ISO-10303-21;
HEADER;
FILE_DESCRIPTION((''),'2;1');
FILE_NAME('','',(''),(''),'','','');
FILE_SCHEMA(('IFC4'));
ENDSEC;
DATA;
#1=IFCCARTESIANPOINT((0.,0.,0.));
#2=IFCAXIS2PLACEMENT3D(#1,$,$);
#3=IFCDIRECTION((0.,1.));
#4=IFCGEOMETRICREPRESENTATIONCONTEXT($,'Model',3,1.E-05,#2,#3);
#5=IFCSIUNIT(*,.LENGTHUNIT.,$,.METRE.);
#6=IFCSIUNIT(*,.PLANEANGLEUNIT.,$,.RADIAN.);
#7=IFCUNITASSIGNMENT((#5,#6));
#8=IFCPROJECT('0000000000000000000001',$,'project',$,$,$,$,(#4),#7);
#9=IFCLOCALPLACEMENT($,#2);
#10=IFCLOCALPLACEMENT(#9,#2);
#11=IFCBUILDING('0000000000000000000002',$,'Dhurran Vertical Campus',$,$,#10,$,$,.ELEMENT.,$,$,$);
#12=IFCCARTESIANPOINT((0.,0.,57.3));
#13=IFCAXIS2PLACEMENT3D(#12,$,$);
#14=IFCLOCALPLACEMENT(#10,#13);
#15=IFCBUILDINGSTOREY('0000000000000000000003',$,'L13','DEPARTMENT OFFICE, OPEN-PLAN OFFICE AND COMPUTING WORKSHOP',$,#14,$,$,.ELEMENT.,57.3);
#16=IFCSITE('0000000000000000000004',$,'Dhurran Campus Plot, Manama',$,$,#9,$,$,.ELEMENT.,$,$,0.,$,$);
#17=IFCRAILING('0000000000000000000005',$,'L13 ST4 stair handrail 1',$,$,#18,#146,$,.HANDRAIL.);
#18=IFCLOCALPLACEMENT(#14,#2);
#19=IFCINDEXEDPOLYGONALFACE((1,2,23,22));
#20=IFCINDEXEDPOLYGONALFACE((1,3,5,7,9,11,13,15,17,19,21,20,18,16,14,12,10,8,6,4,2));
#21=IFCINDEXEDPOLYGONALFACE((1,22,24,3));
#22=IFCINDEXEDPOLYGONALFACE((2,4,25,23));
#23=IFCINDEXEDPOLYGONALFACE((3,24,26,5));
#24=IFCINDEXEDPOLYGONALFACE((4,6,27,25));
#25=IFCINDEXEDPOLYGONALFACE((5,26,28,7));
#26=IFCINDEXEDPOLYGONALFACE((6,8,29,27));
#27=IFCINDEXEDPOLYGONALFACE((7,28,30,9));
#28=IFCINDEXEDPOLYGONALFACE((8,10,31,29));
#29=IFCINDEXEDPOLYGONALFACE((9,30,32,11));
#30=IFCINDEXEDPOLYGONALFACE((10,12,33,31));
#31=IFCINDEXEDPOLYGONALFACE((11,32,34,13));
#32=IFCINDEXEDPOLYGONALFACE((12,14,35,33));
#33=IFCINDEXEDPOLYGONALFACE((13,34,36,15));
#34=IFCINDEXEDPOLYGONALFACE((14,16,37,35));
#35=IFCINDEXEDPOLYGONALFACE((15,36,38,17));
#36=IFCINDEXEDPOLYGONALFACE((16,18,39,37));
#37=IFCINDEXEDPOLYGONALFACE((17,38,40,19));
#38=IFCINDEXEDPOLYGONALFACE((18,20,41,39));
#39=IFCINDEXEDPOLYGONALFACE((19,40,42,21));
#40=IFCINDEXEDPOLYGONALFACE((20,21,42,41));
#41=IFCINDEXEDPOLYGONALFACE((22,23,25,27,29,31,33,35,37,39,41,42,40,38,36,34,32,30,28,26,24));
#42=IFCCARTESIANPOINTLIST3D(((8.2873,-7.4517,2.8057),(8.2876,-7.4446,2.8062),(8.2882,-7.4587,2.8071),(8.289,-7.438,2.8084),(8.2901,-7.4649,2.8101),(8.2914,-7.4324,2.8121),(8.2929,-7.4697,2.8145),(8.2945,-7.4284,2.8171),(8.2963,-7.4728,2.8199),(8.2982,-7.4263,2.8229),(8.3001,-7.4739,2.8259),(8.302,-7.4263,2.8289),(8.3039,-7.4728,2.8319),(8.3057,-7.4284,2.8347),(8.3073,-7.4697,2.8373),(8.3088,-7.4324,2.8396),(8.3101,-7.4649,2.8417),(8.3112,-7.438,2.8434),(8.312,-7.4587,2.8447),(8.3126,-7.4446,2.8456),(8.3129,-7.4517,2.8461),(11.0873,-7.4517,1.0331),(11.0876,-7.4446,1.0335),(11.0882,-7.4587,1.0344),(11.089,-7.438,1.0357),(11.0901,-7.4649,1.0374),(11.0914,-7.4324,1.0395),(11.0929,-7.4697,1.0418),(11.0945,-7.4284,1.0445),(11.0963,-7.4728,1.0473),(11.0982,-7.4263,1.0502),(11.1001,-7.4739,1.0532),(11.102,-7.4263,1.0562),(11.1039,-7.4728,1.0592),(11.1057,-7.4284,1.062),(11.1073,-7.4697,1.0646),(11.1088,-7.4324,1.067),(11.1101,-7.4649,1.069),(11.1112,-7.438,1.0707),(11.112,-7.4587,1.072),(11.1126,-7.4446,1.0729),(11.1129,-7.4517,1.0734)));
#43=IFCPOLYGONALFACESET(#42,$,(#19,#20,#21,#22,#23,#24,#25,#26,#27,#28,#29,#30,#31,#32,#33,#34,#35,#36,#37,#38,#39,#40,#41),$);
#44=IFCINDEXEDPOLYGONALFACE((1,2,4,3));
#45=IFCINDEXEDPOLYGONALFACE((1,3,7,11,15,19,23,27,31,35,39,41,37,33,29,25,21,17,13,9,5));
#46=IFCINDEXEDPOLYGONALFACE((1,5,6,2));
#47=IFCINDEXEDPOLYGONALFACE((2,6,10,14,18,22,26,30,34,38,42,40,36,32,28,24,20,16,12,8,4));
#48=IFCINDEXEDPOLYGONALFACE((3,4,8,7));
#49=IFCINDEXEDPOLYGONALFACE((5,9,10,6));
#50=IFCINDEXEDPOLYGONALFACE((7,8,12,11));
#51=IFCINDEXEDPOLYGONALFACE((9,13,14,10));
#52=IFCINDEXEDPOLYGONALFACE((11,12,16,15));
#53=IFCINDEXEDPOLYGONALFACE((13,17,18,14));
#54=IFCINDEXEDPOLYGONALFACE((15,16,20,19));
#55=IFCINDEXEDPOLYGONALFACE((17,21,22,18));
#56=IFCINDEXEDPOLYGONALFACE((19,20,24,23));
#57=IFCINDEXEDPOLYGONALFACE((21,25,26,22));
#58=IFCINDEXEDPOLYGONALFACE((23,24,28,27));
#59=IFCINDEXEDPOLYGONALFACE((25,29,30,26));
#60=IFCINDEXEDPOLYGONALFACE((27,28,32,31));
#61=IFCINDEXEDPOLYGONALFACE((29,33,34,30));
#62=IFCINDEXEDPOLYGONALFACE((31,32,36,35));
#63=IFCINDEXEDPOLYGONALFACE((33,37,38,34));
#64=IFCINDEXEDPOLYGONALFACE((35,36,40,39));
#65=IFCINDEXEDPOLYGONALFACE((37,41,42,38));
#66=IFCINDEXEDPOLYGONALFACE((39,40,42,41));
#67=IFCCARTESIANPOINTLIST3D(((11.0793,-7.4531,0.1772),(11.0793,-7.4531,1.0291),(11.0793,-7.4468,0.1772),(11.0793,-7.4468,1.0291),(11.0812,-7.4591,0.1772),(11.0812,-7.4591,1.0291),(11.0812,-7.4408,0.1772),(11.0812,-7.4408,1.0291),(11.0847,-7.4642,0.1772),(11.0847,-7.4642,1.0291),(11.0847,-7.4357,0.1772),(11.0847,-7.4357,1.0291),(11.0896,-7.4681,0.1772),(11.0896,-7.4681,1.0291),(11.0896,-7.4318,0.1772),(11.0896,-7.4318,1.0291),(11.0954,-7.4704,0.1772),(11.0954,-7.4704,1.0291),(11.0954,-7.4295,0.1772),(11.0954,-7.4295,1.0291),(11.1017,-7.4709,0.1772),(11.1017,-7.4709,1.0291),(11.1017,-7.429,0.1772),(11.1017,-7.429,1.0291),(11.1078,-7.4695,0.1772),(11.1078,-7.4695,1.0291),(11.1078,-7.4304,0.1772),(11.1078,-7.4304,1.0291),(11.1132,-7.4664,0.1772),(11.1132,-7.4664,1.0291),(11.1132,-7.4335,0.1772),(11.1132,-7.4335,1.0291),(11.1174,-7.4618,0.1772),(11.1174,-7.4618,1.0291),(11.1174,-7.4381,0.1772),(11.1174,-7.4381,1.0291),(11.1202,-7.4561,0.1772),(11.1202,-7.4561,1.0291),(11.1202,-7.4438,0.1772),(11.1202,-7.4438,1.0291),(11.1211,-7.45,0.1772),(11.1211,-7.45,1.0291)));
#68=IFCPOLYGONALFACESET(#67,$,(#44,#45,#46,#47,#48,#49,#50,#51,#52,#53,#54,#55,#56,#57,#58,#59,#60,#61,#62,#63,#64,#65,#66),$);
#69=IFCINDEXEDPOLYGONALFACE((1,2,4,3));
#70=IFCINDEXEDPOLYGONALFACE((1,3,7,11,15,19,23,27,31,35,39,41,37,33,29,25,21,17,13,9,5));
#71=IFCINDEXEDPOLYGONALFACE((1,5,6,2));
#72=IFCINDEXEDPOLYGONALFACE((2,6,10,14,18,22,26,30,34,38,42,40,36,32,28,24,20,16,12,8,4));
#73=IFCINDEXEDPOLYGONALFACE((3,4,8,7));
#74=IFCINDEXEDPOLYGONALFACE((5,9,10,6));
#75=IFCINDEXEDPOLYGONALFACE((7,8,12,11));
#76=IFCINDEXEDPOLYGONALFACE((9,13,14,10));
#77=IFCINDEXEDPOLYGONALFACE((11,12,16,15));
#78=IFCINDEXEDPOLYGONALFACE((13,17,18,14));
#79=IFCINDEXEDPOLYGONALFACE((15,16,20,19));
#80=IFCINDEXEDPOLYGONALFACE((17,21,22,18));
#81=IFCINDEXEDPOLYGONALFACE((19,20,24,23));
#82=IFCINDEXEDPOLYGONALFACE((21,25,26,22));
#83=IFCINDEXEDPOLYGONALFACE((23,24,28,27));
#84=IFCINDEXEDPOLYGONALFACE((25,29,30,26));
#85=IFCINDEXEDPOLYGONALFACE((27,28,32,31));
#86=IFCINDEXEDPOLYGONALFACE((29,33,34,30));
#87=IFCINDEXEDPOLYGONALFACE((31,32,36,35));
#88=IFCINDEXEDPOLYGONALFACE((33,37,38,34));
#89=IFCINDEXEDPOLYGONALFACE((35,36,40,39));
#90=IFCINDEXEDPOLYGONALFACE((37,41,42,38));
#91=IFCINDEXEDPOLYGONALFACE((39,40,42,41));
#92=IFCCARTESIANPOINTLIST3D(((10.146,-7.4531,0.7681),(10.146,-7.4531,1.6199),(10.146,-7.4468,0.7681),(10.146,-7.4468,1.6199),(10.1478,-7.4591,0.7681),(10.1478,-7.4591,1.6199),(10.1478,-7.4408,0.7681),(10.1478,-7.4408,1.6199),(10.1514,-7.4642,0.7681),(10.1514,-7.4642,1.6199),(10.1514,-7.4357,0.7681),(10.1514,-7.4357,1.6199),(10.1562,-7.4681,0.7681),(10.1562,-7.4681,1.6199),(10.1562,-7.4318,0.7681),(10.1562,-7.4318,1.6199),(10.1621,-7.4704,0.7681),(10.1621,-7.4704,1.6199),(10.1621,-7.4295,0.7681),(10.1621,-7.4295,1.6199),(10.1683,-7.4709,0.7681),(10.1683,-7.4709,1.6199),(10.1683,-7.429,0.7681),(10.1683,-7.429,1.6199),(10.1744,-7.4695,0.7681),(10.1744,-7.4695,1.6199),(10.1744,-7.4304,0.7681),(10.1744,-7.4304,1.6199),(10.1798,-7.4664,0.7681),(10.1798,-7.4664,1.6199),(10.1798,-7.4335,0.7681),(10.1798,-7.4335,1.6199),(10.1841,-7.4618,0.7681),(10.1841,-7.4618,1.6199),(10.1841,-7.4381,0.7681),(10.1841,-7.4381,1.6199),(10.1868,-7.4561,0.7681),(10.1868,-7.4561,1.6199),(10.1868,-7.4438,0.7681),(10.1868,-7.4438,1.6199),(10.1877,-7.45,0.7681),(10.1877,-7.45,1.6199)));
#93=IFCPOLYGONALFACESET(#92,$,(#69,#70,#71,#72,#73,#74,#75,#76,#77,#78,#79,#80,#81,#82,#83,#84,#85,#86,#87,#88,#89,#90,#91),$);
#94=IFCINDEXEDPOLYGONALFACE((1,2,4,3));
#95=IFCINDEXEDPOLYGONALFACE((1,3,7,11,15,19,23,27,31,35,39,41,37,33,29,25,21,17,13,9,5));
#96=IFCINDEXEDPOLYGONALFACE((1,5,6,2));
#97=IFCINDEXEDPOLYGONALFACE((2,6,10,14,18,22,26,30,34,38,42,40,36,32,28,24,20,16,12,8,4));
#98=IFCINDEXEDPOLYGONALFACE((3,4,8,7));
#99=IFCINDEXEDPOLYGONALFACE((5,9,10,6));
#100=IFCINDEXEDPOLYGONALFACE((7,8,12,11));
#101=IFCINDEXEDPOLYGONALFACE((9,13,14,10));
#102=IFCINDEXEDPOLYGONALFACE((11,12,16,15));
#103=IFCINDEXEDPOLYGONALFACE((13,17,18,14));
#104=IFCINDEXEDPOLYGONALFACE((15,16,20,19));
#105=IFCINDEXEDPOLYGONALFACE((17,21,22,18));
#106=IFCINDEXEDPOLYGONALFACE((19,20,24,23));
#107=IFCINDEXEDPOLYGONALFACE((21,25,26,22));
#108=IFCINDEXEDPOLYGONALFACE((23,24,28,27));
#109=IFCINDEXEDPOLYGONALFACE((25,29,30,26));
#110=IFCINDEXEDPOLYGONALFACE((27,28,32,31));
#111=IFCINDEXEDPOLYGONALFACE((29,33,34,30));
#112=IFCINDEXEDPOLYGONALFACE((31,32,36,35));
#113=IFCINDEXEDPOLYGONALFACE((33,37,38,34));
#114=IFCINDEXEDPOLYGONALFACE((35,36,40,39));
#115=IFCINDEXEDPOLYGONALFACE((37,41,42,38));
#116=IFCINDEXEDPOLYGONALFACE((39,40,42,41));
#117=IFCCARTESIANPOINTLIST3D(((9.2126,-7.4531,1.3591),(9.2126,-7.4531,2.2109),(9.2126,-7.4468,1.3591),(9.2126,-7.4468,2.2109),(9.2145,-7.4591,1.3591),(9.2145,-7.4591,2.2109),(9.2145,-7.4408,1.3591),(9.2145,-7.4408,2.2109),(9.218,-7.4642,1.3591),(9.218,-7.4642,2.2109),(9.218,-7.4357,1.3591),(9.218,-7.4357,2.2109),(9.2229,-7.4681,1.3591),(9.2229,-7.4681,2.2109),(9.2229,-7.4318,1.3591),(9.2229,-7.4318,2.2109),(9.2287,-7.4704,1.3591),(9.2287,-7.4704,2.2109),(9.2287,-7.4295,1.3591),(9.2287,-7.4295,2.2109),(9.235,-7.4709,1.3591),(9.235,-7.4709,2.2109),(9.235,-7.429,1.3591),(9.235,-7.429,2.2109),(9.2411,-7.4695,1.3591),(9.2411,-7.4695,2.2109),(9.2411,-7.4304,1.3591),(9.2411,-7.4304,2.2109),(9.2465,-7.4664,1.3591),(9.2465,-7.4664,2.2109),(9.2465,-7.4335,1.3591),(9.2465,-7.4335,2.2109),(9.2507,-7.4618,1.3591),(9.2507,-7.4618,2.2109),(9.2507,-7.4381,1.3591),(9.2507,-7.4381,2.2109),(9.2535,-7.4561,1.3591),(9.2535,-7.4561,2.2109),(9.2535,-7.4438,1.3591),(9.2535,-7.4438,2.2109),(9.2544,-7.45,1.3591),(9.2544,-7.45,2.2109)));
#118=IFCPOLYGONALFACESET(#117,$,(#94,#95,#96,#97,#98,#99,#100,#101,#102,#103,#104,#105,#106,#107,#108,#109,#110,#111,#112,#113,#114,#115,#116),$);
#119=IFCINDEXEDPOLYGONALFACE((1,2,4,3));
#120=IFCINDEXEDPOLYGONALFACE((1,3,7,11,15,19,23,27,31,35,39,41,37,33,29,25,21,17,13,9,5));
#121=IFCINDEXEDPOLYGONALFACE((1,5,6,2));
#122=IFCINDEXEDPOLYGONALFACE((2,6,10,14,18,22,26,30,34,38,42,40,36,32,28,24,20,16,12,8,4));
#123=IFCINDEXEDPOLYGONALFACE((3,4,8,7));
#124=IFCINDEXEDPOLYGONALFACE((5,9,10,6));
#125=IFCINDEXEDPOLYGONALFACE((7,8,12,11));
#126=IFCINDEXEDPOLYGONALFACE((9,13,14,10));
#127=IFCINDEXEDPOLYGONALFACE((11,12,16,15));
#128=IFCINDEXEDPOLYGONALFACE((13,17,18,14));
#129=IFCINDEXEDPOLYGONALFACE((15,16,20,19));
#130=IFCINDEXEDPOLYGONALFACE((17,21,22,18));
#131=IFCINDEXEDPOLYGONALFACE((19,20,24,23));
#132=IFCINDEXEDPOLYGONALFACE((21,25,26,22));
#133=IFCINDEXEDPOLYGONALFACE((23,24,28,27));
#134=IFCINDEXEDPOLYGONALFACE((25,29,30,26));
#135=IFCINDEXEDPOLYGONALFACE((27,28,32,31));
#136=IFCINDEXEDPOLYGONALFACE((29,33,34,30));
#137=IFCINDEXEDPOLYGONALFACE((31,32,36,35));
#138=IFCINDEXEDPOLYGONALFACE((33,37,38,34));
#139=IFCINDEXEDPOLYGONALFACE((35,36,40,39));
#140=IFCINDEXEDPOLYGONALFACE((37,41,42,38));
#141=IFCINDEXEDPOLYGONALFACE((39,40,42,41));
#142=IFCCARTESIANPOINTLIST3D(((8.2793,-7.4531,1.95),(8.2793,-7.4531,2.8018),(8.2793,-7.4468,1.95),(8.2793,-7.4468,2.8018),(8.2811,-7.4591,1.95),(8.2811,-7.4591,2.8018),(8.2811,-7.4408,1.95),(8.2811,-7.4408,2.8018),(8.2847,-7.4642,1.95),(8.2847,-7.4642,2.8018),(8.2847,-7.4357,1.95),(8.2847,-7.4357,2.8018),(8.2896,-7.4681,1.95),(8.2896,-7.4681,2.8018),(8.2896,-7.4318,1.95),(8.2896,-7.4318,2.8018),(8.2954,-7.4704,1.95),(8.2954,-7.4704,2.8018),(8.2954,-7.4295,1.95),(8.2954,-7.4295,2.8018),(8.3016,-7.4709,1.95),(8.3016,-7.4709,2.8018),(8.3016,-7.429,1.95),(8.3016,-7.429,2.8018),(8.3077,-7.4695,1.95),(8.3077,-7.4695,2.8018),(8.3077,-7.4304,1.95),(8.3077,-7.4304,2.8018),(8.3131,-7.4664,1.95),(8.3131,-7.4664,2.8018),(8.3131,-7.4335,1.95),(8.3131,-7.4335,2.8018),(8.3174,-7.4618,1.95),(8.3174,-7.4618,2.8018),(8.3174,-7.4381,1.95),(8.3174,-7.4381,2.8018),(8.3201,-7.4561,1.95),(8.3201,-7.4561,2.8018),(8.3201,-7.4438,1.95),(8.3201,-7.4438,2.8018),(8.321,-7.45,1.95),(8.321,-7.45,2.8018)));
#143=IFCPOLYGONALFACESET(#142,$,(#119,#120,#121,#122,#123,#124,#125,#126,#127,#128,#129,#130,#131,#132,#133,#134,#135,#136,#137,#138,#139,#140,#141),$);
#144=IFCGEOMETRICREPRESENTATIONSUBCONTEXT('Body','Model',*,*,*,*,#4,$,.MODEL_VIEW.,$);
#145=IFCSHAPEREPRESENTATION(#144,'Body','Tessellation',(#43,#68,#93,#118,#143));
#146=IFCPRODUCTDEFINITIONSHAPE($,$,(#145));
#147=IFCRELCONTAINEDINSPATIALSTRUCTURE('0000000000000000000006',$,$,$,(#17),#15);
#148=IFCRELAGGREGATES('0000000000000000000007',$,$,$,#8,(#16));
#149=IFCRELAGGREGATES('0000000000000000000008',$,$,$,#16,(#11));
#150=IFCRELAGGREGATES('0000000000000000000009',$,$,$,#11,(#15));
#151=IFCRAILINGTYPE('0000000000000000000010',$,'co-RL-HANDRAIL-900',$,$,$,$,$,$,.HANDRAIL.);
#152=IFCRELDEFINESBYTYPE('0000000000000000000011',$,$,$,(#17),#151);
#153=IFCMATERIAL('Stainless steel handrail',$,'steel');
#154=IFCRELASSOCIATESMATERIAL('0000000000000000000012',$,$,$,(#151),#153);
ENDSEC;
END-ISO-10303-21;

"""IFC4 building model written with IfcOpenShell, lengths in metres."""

from ifc_helpers import new_model, si_unit, direction, frame, origin, origin_2d, place, context, subcontext, project, spatial, circle, extrude, material, type_object, element, save


model = new_model("IFC4")

# Units and contexts
model_context = context("Model", 3, precision=1e-05, world=origin(), true_north=direction((0.0, 1.0)))
body_context = subcontext(model_context, "Body", "Model", "MODEL_VIEW")
ifc_project = project(units=[si_unit("LENGTHUNIT", "METRE"), si_unit("PLANEANGLEUNIT", "RADIAN")], contexts=[model_context])

# Site, building, storey
site_placement = place(None, origin())
site = spatial("IfcSite", under=ifc_project, at=site_placement, Name="Dhurran Campus Plot, Manama", CompositionType="ELEMENT", RefElevation=0.0)
building_placement = place(site_placement, origin())
building = spatial("IfcBuilding", under=site, at=building_placement, Name="Dhurran Vertical Campus", CompositionType="ELEMENT")
storey_placement = place(building_placement, frame((0.0, 0.0, 57.3)))
storey = spatial("IfcBuildingStorey", under=building, at=storey_placement, Name="L13", Description="DEPARTMENT OFFICE, OPEN-PLAN OFFICE AND COMPUTING WORKSHOP", CompositionType="ELEMENT", Elevation=57.3)

# Railing
ifc_material_1 = material(Name="Stainless steel handrail", Category="steel")
railing_type_1 = type_object("IfcRailingType", Name="co-RL-HANDRAIL-900", PredefinedType="HANDRAIL", material=ifc_material_1)
railing_1_placement = place(storey_placement, frame((11.1001, -7.45, 0.1772)))
element("IfcRailing", 1, at=railing_1_placement, inside=storey, type_object=railing_type_1, Name="L13 ST4 stair handrail 1", PredefinedType="HANDRAIL", context=body_context, shape_type="SweptSolid", body=[
    extrude(circle(Radius=0.0239, at=origin_2d()), frame((0.0, 0.0, 0.876), z_axis=(-0.844909, 0.0, 0.53491), x_axis=(0.0, -1.0, 0.0)), (0.0, 0.0, 1.0), 3.314),
    extrude(circle(Radius=0.021, at=origin_2d()), origin(), (0.0, 0.0, 1.0), 0.8518),
    extrude(circle(Radius=0.021, at=origin_2d()), frame((-0.9333, 0.0, 0.5908)), (0.0, 0.0, 1.0), 0.8518),
    extrude(circle(Radius=0.021, at=origin_2d()), frame((-1.8667, 0.0, 1.1819)), (0.0, 0.0, 1.0), 0.8518),
    extrude(circle(Radius=0.021, at=origin_2d()), frame((-2.8, 0.0, 1.7727)), (0.0, 0.0, 1.0), 0.8518),
])

save(model, "model.ifc")
